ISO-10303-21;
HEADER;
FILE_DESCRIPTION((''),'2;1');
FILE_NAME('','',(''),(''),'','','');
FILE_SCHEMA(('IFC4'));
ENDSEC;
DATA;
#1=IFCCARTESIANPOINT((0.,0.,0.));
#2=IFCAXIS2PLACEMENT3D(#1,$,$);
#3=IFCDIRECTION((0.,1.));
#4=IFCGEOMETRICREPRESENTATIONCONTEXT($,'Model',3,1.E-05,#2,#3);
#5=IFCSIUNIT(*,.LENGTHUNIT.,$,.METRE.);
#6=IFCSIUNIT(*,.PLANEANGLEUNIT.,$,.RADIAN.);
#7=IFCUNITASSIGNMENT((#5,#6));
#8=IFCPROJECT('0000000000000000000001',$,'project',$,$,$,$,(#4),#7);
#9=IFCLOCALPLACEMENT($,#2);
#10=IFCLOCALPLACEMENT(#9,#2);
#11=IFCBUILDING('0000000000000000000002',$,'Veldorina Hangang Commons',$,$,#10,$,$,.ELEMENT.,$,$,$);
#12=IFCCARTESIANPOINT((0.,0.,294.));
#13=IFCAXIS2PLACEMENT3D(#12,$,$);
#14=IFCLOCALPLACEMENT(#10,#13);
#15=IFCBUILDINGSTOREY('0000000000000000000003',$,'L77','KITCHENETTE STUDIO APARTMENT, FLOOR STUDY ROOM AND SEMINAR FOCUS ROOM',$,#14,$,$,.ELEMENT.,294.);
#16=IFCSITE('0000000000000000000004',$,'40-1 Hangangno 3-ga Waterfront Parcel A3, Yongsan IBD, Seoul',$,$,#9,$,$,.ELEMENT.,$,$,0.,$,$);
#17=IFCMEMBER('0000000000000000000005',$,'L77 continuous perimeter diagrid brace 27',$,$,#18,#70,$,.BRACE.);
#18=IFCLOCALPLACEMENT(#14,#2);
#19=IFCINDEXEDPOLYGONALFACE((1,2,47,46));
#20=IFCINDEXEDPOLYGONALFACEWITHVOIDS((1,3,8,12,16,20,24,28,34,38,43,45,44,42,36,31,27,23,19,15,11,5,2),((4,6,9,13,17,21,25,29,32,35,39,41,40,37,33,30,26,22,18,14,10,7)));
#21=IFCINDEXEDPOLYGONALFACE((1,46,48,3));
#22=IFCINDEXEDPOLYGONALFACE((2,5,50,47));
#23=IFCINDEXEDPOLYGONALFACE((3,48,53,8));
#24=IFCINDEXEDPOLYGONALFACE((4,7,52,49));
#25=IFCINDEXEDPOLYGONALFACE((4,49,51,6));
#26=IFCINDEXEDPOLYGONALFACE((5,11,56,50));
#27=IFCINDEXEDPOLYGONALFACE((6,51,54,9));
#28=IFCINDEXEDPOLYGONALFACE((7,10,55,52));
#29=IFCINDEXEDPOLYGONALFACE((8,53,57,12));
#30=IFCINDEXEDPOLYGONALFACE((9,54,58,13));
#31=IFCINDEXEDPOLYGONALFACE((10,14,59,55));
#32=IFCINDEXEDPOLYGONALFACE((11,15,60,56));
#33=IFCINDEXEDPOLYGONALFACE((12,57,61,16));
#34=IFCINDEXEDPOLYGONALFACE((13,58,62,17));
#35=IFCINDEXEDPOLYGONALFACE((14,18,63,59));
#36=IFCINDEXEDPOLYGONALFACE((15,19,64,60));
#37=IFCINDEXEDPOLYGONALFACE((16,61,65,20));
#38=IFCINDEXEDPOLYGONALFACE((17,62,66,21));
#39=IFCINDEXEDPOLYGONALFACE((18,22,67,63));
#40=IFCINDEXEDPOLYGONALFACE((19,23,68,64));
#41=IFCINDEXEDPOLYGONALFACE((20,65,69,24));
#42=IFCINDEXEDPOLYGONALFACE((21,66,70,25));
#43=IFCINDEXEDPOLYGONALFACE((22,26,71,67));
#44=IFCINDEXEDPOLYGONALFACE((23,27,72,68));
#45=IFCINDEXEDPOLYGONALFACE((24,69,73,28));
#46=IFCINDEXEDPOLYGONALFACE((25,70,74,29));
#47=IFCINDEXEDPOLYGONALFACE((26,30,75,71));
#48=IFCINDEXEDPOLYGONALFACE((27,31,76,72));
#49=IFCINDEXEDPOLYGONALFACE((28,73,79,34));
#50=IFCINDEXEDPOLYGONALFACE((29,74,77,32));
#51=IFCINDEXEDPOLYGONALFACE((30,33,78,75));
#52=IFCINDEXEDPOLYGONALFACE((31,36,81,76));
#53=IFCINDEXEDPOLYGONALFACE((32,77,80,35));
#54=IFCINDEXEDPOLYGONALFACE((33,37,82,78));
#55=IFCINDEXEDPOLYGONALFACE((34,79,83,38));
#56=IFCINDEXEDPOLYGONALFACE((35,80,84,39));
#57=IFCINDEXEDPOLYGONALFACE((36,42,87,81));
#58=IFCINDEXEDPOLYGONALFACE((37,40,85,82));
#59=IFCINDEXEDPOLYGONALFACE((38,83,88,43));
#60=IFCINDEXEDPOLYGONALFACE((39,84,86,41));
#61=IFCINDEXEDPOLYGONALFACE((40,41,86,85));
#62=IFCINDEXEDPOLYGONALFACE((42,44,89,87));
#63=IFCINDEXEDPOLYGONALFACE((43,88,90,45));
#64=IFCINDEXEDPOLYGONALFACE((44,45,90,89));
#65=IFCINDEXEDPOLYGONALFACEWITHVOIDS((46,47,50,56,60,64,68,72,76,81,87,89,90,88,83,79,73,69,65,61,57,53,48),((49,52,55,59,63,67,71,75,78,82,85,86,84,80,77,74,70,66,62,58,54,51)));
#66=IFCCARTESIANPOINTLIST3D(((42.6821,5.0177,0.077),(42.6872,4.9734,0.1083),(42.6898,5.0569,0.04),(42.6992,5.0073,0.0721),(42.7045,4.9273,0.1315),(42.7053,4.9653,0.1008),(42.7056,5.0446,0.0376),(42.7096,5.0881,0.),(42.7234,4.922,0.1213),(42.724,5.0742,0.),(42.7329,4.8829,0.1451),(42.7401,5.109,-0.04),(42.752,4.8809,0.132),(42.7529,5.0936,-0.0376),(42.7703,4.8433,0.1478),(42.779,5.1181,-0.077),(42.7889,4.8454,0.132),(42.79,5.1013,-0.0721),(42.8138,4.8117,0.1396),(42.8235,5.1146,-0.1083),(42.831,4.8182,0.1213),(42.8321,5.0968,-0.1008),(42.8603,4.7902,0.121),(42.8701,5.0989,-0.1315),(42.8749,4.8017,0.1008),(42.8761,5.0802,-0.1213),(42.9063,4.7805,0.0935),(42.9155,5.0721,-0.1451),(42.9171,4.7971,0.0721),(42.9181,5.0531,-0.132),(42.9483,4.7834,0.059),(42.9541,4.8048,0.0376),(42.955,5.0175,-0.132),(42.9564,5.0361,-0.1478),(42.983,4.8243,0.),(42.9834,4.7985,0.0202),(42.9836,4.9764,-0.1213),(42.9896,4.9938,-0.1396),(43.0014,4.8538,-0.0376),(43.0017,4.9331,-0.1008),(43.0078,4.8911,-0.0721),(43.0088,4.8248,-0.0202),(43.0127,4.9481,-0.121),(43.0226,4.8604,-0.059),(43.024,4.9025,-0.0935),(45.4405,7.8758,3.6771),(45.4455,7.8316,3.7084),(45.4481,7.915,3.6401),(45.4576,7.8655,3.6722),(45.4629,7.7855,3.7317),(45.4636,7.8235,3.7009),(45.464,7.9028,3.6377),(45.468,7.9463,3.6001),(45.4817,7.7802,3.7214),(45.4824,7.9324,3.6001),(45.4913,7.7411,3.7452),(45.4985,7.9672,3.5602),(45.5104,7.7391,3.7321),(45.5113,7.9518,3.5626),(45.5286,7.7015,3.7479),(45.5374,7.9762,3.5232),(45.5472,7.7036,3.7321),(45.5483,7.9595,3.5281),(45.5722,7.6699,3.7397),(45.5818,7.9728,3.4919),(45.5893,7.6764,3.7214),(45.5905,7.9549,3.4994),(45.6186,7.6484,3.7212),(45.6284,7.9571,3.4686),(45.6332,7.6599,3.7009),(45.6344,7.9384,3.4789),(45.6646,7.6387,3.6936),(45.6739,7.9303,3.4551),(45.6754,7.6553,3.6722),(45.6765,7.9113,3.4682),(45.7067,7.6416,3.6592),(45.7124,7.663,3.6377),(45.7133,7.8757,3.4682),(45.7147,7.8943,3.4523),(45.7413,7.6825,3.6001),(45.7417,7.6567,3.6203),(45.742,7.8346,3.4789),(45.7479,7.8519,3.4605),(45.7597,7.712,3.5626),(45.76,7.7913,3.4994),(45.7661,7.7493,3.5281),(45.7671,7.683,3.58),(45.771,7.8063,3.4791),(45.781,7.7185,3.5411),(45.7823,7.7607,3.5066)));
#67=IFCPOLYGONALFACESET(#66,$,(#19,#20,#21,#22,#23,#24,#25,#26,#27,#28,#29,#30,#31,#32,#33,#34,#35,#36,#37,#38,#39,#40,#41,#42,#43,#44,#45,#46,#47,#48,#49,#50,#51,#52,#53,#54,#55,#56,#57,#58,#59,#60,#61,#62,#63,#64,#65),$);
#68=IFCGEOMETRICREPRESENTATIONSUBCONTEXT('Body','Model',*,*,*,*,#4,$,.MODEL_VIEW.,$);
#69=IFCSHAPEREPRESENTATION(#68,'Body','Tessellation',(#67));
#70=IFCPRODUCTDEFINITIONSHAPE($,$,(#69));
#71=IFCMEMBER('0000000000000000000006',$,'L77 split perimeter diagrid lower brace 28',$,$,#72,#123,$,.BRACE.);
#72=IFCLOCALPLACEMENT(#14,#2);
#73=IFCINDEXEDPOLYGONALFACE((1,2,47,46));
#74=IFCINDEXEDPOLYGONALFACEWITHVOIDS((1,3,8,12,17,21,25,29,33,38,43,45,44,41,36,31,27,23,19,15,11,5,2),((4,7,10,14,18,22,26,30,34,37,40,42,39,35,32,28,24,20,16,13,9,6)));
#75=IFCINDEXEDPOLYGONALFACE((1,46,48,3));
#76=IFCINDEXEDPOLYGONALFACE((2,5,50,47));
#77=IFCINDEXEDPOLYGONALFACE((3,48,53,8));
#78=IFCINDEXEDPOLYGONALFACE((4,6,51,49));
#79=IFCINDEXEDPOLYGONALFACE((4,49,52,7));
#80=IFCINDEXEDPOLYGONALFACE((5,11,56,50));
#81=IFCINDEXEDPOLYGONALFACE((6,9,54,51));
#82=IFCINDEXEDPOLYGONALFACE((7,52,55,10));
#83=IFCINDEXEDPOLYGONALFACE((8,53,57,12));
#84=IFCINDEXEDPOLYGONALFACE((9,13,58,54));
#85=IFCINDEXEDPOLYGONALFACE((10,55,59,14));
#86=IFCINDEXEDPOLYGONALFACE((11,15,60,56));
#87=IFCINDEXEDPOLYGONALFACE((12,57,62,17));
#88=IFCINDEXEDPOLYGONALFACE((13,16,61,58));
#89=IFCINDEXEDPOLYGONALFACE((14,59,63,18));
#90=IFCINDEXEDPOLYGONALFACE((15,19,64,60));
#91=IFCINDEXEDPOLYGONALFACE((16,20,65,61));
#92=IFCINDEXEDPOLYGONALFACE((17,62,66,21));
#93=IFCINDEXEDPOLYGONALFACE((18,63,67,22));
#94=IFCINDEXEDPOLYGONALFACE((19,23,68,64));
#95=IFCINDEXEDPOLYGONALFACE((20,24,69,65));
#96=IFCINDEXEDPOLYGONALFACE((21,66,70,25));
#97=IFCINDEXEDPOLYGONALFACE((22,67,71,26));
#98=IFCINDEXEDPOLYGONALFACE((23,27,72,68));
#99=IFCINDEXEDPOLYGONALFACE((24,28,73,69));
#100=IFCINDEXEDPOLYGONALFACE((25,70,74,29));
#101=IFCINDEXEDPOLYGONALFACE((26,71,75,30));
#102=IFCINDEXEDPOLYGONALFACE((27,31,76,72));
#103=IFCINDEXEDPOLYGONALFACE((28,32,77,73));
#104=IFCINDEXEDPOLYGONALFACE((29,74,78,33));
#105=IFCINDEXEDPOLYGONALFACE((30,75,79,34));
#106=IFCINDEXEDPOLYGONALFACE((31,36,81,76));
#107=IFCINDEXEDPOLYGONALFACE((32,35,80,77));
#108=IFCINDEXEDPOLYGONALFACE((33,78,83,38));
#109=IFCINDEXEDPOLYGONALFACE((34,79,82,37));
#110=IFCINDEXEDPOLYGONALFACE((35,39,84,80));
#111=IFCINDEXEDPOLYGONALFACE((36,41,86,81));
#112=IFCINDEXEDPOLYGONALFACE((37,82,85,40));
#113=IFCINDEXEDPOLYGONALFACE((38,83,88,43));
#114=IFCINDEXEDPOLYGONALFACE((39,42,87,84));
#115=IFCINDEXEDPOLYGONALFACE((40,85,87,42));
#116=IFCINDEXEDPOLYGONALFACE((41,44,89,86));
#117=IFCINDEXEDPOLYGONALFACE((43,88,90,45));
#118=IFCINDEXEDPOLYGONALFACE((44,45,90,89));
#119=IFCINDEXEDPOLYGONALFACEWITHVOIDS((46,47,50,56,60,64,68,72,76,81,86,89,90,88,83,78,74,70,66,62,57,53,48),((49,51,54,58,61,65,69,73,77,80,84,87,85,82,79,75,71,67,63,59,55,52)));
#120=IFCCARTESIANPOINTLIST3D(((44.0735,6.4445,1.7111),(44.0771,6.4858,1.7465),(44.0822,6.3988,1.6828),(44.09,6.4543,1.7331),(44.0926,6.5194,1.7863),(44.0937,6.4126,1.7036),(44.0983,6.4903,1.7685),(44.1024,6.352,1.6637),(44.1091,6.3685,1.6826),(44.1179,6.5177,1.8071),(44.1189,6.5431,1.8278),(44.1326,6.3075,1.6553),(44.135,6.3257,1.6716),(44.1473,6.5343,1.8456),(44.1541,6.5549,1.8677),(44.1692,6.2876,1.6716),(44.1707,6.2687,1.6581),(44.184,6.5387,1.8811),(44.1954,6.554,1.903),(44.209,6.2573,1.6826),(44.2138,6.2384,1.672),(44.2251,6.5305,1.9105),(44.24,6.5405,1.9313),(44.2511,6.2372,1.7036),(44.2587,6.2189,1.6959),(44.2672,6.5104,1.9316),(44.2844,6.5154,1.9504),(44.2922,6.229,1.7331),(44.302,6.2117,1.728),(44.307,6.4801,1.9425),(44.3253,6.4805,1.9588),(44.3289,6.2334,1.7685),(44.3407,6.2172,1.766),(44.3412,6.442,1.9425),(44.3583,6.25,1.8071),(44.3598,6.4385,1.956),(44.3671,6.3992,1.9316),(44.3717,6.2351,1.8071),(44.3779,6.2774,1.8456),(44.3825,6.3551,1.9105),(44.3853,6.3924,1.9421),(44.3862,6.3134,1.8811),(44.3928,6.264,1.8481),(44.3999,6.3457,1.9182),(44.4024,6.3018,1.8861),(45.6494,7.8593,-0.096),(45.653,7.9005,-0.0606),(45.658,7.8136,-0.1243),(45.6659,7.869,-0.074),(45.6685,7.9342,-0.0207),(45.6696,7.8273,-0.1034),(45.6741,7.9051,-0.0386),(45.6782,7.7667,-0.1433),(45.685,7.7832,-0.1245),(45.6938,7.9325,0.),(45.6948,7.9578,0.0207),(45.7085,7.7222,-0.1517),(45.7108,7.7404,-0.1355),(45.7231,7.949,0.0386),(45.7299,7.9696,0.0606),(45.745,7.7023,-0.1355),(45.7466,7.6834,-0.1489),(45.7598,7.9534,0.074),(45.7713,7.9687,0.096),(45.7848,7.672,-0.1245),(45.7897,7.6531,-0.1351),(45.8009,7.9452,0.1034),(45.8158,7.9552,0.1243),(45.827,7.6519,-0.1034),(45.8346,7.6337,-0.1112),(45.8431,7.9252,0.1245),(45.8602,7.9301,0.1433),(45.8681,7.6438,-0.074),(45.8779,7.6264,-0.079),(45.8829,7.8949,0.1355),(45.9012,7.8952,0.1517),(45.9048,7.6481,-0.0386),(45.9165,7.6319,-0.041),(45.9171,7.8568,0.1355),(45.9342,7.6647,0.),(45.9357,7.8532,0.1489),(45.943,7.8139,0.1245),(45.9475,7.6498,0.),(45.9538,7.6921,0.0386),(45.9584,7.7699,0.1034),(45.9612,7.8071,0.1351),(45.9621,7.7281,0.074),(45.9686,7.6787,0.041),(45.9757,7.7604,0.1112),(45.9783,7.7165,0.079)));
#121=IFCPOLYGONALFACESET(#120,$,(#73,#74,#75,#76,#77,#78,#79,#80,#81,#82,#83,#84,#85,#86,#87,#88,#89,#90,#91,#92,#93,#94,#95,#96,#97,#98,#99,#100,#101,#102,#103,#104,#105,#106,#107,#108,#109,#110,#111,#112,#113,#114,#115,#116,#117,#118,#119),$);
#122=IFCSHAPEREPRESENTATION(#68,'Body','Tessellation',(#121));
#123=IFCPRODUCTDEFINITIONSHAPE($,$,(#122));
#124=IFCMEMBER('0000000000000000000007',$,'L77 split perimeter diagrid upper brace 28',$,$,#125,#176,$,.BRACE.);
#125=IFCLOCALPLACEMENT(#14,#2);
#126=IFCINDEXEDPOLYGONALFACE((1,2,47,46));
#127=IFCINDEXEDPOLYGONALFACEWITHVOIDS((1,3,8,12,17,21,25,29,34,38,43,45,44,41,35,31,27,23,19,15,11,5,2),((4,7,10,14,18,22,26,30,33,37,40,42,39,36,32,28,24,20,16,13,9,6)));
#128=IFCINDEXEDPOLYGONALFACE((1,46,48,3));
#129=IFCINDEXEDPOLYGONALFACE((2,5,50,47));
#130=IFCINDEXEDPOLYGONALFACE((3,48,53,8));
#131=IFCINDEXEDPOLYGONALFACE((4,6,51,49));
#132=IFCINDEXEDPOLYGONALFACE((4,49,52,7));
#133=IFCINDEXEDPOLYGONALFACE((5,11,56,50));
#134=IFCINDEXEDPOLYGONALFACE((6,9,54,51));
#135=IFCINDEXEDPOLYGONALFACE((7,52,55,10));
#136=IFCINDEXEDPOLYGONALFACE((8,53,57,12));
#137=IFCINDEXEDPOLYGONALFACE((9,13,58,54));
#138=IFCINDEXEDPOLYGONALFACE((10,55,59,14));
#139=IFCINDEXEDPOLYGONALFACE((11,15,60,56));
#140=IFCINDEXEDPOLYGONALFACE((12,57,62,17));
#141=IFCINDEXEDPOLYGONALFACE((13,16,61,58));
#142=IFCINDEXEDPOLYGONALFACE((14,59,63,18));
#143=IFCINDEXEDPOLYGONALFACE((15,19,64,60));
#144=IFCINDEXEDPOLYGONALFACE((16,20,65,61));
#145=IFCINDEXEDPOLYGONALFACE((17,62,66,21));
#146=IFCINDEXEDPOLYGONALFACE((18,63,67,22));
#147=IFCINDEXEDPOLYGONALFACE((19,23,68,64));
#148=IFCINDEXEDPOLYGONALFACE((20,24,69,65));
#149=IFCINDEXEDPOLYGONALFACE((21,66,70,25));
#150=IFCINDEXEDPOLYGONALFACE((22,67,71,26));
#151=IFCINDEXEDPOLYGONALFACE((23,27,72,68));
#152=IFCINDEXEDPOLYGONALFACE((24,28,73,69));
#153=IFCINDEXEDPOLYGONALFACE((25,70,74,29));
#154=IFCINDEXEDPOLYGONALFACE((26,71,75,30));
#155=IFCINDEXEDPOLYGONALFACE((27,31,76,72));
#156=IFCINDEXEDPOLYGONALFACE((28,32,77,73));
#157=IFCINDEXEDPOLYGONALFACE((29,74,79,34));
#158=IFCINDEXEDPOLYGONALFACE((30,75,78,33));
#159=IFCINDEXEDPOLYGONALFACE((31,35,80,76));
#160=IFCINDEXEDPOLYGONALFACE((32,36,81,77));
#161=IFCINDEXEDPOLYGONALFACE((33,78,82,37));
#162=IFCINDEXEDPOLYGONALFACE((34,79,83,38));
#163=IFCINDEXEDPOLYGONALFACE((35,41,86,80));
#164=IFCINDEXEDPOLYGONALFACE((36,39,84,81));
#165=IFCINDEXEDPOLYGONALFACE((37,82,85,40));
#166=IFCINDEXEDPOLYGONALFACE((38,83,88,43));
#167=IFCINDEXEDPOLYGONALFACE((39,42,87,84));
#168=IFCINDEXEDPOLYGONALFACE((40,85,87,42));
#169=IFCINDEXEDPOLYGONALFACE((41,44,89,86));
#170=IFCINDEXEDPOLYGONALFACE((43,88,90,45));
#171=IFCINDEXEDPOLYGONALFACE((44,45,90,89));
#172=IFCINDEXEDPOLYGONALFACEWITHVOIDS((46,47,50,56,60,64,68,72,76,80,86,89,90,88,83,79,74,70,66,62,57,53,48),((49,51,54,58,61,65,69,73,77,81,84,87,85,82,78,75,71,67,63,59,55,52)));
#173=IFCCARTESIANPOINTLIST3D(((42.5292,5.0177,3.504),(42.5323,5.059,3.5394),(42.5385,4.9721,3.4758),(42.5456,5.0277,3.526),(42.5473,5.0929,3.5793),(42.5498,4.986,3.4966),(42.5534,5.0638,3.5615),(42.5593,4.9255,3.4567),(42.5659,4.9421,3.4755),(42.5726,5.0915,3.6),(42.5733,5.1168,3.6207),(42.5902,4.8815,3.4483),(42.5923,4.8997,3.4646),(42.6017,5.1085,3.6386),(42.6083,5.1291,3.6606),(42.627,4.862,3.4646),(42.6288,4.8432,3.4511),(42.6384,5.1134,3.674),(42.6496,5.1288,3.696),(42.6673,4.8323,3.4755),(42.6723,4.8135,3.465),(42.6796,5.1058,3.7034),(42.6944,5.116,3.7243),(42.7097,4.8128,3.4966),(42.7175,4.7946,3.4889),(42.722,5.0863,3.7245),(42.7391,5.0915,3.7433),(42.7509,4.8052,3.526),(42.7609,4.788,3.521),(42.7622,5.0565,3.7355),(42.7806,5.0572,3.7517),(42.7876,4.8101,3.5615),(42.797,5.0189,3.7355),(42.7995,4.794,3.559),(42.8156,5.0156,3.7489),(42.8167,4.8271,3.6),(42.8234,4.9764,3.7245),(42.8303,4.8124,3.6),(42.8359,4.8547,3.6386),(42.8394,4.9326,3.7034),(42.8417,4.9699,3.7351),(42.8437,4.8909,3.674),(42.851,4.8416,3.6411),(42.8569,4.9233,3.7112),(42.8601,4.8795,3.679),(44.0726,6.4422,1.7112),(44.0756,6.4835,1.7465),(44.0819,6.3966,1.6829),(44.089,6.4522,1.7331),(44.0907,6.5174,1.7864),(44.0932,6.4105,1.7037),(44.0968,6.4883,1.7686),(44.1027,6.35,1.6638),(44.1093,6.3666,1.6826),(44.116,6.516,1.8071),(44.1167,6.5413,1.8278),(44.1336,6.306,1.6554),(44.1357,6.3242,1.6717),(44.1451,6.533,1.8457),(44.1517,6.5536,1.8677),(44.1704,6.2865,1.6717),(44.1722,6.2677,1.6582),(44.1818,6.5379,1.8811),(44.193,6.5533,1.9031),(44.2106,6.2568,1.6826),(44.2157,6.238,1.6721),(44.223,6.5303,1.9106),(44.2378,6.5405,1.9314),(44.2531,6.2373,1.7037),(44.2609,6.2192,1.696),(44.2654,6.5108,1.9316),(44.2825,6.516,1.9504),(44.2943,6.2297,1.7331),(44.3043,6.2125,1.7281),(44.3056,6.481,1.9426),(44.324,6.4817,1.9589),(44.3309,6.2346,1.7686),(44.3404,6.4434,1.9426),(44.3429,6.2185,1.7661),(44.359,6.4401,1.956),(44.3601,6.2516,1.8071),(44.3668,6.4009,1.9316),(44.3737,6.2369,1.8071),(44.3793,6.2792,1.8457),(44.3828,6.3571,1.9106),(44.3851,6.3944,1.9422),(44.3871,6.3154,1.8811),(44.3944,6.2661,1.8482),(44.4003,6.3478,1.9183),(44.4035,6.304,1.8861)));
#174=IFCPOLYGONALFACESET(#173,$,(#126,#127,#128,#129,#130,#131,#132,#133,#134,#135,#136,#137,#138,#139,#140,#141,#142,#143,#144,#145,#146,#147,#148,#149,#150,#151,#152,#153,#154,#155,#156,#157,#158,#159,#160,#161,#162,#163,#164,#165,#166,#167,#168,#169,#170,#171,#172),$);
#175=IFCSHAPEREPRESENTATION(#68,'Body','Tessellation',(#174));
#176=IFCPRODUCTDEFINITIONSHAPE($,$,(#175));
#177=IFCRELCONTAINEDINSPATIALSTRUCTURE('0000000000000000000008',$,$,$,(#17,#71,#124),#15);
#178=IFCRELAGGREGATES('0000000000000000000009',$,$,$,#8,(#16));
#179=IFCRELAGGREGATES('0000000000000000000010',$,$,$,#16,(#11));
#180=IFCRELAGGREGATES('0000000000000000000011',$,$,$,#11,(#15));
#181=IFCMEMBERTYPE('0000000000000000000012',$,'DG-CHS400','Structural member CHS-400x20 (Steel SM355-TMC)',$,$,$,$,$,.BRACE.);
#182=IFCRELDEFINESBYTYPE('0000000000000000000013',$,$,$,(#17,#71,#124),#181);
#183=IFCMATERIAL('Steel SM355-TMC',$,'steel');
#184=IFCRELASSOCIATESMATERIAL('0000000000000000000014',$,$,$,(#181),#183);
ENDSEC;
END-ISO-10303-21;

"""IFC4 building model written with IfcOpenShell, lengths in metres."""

from ifc_helpers import new_model, si_unit, direction, frame, origin, origin_2d, place, context, subcontext, project, spatial, hollow_circle, extrude, material, material_profile, profile_set, type_object, element, save


model = new_model("IFC4")

# Units and contexts
model_context = context("Model", 3, precision=1e-05, world=origin(), true_north=direction((0.0, 1.0)))
body_context = subcontext(model_context, "Body", "Model", "MODEL_VIEW")
ifc_project = project(units=[si_unit("LENGTHUNIT", "METRE"), si_unit("PLANEANGLEUNIT", "RADIAN")], contexts=[model_context])

# Site, building, storey
site_placement = place(None, origin())
site = spatial("IfcSite", under=ifc_project, at=site_placement, Name="40-1 Hangangno 3-ga Waterfront Parcel A3, Yongsan IBD, Seoul", CompositionType="ELEMENT", RefElevation=0.0)
building_placement = place(site_placement, origin())
building = spatial("IfcBuilding", under=site, at=building_placement, Name="Veldorina Hangang Commons", CompositionType="ELEMENT")
storey_placement = place(building_placement, frame((0.0, 0.0, 294.0)))
storey = spatial("IfcBuildingStorey", under=building, at=storey_placement, Name="L77", Description="KITCHENETTE STUDIO APARTMENT, FLOOR STUDY ROOM AND SEMINAR FOCUS ROOM", CompositionType="ELEMENT", Elevation=294.0)

# Shared definitions
ifc_material_1 = material(Name="Steel SM355-TMC", Category="steel")

# Members
ifc_material_profile_1 = material_profile(ifc_material_1, hollow_circle(Radius=0.2, WallThickness=0.02, at=origin_2d()), Name="CHS-400x20")
ifc_profile_set_1 = profile_set([ifc_material_profile_1], Name="Steel SM355-TMC")
member_type_1 = type_object("IfcMemberType", Name="DG-CHS400", Description="Structural member CHS-400x20 (Steel SM355-TMC)", PredefinedType="BRACE", material=ifc_profile_set_1)
member_1_placement = place(storey_placement, frame((42.8535, 4.9492, 0.0), z_axis=(0.514533, 0.53316, 0.671562), x_axis=(-0.719565, 0.694426, 0.0)))
element("IfcMember", 1, at=member_1_placement, inside=storey, type_object=member_type_1, Name="L77 continuous perimeter diagrid brace 27", PredefinedType="BRACE", context=body_context, shape_type="SweptSolid", body=[
    extrude(hollow_circle(Radius=0.2, WallThickness=0.02, at=origin_2d()), origin(), (0.0, 0.0, 1.0), 5.3608),
])
member_2_placement = place(storey_placement, frame((45.814, 7.7986, 0.0), z_axis=(-0.566057, -0.50818, 0.649102), x_axis=(0.668041, -0.744125, 0.0)))
element("IfcMember", 2, at=member_2_placement, inside=storey, type_object=member_type_1, Name="L77 split perimeter diagrid lower brace 28", PredefinedType="BRACE", context=body_context, shape_type="SweptSolid", body=[
    extrude(hollow_circle(Radius=0.2, WallThickness=0.02, at=origin_2d()), origin(), (0.0, 0.0, 1.0), 2.7839),
])
member_3_placement = place(storey_placement, frame((44.238, 6.3838, 1.8071), z_axis=(-0.558902, -0.515848, 0.649253), x_axis=(0.678237, -0.734844, 0.0)))
element("IfcMember", 3, at=member_3_placement, inside=storey, type_object=member_type_1, Name="L77 split perimeter diagrid upper brace 28", PredefinedType="BRACE", context=body_context, shape_type="SweptSolid", body=[
    extrude(hollow_circle(Radius=0.2, WallThickness=0.02, at=origin_2d()), origin(), (0.0, 0.0, 1.0), 2.7615),
])

save(model, "model.ifc")
